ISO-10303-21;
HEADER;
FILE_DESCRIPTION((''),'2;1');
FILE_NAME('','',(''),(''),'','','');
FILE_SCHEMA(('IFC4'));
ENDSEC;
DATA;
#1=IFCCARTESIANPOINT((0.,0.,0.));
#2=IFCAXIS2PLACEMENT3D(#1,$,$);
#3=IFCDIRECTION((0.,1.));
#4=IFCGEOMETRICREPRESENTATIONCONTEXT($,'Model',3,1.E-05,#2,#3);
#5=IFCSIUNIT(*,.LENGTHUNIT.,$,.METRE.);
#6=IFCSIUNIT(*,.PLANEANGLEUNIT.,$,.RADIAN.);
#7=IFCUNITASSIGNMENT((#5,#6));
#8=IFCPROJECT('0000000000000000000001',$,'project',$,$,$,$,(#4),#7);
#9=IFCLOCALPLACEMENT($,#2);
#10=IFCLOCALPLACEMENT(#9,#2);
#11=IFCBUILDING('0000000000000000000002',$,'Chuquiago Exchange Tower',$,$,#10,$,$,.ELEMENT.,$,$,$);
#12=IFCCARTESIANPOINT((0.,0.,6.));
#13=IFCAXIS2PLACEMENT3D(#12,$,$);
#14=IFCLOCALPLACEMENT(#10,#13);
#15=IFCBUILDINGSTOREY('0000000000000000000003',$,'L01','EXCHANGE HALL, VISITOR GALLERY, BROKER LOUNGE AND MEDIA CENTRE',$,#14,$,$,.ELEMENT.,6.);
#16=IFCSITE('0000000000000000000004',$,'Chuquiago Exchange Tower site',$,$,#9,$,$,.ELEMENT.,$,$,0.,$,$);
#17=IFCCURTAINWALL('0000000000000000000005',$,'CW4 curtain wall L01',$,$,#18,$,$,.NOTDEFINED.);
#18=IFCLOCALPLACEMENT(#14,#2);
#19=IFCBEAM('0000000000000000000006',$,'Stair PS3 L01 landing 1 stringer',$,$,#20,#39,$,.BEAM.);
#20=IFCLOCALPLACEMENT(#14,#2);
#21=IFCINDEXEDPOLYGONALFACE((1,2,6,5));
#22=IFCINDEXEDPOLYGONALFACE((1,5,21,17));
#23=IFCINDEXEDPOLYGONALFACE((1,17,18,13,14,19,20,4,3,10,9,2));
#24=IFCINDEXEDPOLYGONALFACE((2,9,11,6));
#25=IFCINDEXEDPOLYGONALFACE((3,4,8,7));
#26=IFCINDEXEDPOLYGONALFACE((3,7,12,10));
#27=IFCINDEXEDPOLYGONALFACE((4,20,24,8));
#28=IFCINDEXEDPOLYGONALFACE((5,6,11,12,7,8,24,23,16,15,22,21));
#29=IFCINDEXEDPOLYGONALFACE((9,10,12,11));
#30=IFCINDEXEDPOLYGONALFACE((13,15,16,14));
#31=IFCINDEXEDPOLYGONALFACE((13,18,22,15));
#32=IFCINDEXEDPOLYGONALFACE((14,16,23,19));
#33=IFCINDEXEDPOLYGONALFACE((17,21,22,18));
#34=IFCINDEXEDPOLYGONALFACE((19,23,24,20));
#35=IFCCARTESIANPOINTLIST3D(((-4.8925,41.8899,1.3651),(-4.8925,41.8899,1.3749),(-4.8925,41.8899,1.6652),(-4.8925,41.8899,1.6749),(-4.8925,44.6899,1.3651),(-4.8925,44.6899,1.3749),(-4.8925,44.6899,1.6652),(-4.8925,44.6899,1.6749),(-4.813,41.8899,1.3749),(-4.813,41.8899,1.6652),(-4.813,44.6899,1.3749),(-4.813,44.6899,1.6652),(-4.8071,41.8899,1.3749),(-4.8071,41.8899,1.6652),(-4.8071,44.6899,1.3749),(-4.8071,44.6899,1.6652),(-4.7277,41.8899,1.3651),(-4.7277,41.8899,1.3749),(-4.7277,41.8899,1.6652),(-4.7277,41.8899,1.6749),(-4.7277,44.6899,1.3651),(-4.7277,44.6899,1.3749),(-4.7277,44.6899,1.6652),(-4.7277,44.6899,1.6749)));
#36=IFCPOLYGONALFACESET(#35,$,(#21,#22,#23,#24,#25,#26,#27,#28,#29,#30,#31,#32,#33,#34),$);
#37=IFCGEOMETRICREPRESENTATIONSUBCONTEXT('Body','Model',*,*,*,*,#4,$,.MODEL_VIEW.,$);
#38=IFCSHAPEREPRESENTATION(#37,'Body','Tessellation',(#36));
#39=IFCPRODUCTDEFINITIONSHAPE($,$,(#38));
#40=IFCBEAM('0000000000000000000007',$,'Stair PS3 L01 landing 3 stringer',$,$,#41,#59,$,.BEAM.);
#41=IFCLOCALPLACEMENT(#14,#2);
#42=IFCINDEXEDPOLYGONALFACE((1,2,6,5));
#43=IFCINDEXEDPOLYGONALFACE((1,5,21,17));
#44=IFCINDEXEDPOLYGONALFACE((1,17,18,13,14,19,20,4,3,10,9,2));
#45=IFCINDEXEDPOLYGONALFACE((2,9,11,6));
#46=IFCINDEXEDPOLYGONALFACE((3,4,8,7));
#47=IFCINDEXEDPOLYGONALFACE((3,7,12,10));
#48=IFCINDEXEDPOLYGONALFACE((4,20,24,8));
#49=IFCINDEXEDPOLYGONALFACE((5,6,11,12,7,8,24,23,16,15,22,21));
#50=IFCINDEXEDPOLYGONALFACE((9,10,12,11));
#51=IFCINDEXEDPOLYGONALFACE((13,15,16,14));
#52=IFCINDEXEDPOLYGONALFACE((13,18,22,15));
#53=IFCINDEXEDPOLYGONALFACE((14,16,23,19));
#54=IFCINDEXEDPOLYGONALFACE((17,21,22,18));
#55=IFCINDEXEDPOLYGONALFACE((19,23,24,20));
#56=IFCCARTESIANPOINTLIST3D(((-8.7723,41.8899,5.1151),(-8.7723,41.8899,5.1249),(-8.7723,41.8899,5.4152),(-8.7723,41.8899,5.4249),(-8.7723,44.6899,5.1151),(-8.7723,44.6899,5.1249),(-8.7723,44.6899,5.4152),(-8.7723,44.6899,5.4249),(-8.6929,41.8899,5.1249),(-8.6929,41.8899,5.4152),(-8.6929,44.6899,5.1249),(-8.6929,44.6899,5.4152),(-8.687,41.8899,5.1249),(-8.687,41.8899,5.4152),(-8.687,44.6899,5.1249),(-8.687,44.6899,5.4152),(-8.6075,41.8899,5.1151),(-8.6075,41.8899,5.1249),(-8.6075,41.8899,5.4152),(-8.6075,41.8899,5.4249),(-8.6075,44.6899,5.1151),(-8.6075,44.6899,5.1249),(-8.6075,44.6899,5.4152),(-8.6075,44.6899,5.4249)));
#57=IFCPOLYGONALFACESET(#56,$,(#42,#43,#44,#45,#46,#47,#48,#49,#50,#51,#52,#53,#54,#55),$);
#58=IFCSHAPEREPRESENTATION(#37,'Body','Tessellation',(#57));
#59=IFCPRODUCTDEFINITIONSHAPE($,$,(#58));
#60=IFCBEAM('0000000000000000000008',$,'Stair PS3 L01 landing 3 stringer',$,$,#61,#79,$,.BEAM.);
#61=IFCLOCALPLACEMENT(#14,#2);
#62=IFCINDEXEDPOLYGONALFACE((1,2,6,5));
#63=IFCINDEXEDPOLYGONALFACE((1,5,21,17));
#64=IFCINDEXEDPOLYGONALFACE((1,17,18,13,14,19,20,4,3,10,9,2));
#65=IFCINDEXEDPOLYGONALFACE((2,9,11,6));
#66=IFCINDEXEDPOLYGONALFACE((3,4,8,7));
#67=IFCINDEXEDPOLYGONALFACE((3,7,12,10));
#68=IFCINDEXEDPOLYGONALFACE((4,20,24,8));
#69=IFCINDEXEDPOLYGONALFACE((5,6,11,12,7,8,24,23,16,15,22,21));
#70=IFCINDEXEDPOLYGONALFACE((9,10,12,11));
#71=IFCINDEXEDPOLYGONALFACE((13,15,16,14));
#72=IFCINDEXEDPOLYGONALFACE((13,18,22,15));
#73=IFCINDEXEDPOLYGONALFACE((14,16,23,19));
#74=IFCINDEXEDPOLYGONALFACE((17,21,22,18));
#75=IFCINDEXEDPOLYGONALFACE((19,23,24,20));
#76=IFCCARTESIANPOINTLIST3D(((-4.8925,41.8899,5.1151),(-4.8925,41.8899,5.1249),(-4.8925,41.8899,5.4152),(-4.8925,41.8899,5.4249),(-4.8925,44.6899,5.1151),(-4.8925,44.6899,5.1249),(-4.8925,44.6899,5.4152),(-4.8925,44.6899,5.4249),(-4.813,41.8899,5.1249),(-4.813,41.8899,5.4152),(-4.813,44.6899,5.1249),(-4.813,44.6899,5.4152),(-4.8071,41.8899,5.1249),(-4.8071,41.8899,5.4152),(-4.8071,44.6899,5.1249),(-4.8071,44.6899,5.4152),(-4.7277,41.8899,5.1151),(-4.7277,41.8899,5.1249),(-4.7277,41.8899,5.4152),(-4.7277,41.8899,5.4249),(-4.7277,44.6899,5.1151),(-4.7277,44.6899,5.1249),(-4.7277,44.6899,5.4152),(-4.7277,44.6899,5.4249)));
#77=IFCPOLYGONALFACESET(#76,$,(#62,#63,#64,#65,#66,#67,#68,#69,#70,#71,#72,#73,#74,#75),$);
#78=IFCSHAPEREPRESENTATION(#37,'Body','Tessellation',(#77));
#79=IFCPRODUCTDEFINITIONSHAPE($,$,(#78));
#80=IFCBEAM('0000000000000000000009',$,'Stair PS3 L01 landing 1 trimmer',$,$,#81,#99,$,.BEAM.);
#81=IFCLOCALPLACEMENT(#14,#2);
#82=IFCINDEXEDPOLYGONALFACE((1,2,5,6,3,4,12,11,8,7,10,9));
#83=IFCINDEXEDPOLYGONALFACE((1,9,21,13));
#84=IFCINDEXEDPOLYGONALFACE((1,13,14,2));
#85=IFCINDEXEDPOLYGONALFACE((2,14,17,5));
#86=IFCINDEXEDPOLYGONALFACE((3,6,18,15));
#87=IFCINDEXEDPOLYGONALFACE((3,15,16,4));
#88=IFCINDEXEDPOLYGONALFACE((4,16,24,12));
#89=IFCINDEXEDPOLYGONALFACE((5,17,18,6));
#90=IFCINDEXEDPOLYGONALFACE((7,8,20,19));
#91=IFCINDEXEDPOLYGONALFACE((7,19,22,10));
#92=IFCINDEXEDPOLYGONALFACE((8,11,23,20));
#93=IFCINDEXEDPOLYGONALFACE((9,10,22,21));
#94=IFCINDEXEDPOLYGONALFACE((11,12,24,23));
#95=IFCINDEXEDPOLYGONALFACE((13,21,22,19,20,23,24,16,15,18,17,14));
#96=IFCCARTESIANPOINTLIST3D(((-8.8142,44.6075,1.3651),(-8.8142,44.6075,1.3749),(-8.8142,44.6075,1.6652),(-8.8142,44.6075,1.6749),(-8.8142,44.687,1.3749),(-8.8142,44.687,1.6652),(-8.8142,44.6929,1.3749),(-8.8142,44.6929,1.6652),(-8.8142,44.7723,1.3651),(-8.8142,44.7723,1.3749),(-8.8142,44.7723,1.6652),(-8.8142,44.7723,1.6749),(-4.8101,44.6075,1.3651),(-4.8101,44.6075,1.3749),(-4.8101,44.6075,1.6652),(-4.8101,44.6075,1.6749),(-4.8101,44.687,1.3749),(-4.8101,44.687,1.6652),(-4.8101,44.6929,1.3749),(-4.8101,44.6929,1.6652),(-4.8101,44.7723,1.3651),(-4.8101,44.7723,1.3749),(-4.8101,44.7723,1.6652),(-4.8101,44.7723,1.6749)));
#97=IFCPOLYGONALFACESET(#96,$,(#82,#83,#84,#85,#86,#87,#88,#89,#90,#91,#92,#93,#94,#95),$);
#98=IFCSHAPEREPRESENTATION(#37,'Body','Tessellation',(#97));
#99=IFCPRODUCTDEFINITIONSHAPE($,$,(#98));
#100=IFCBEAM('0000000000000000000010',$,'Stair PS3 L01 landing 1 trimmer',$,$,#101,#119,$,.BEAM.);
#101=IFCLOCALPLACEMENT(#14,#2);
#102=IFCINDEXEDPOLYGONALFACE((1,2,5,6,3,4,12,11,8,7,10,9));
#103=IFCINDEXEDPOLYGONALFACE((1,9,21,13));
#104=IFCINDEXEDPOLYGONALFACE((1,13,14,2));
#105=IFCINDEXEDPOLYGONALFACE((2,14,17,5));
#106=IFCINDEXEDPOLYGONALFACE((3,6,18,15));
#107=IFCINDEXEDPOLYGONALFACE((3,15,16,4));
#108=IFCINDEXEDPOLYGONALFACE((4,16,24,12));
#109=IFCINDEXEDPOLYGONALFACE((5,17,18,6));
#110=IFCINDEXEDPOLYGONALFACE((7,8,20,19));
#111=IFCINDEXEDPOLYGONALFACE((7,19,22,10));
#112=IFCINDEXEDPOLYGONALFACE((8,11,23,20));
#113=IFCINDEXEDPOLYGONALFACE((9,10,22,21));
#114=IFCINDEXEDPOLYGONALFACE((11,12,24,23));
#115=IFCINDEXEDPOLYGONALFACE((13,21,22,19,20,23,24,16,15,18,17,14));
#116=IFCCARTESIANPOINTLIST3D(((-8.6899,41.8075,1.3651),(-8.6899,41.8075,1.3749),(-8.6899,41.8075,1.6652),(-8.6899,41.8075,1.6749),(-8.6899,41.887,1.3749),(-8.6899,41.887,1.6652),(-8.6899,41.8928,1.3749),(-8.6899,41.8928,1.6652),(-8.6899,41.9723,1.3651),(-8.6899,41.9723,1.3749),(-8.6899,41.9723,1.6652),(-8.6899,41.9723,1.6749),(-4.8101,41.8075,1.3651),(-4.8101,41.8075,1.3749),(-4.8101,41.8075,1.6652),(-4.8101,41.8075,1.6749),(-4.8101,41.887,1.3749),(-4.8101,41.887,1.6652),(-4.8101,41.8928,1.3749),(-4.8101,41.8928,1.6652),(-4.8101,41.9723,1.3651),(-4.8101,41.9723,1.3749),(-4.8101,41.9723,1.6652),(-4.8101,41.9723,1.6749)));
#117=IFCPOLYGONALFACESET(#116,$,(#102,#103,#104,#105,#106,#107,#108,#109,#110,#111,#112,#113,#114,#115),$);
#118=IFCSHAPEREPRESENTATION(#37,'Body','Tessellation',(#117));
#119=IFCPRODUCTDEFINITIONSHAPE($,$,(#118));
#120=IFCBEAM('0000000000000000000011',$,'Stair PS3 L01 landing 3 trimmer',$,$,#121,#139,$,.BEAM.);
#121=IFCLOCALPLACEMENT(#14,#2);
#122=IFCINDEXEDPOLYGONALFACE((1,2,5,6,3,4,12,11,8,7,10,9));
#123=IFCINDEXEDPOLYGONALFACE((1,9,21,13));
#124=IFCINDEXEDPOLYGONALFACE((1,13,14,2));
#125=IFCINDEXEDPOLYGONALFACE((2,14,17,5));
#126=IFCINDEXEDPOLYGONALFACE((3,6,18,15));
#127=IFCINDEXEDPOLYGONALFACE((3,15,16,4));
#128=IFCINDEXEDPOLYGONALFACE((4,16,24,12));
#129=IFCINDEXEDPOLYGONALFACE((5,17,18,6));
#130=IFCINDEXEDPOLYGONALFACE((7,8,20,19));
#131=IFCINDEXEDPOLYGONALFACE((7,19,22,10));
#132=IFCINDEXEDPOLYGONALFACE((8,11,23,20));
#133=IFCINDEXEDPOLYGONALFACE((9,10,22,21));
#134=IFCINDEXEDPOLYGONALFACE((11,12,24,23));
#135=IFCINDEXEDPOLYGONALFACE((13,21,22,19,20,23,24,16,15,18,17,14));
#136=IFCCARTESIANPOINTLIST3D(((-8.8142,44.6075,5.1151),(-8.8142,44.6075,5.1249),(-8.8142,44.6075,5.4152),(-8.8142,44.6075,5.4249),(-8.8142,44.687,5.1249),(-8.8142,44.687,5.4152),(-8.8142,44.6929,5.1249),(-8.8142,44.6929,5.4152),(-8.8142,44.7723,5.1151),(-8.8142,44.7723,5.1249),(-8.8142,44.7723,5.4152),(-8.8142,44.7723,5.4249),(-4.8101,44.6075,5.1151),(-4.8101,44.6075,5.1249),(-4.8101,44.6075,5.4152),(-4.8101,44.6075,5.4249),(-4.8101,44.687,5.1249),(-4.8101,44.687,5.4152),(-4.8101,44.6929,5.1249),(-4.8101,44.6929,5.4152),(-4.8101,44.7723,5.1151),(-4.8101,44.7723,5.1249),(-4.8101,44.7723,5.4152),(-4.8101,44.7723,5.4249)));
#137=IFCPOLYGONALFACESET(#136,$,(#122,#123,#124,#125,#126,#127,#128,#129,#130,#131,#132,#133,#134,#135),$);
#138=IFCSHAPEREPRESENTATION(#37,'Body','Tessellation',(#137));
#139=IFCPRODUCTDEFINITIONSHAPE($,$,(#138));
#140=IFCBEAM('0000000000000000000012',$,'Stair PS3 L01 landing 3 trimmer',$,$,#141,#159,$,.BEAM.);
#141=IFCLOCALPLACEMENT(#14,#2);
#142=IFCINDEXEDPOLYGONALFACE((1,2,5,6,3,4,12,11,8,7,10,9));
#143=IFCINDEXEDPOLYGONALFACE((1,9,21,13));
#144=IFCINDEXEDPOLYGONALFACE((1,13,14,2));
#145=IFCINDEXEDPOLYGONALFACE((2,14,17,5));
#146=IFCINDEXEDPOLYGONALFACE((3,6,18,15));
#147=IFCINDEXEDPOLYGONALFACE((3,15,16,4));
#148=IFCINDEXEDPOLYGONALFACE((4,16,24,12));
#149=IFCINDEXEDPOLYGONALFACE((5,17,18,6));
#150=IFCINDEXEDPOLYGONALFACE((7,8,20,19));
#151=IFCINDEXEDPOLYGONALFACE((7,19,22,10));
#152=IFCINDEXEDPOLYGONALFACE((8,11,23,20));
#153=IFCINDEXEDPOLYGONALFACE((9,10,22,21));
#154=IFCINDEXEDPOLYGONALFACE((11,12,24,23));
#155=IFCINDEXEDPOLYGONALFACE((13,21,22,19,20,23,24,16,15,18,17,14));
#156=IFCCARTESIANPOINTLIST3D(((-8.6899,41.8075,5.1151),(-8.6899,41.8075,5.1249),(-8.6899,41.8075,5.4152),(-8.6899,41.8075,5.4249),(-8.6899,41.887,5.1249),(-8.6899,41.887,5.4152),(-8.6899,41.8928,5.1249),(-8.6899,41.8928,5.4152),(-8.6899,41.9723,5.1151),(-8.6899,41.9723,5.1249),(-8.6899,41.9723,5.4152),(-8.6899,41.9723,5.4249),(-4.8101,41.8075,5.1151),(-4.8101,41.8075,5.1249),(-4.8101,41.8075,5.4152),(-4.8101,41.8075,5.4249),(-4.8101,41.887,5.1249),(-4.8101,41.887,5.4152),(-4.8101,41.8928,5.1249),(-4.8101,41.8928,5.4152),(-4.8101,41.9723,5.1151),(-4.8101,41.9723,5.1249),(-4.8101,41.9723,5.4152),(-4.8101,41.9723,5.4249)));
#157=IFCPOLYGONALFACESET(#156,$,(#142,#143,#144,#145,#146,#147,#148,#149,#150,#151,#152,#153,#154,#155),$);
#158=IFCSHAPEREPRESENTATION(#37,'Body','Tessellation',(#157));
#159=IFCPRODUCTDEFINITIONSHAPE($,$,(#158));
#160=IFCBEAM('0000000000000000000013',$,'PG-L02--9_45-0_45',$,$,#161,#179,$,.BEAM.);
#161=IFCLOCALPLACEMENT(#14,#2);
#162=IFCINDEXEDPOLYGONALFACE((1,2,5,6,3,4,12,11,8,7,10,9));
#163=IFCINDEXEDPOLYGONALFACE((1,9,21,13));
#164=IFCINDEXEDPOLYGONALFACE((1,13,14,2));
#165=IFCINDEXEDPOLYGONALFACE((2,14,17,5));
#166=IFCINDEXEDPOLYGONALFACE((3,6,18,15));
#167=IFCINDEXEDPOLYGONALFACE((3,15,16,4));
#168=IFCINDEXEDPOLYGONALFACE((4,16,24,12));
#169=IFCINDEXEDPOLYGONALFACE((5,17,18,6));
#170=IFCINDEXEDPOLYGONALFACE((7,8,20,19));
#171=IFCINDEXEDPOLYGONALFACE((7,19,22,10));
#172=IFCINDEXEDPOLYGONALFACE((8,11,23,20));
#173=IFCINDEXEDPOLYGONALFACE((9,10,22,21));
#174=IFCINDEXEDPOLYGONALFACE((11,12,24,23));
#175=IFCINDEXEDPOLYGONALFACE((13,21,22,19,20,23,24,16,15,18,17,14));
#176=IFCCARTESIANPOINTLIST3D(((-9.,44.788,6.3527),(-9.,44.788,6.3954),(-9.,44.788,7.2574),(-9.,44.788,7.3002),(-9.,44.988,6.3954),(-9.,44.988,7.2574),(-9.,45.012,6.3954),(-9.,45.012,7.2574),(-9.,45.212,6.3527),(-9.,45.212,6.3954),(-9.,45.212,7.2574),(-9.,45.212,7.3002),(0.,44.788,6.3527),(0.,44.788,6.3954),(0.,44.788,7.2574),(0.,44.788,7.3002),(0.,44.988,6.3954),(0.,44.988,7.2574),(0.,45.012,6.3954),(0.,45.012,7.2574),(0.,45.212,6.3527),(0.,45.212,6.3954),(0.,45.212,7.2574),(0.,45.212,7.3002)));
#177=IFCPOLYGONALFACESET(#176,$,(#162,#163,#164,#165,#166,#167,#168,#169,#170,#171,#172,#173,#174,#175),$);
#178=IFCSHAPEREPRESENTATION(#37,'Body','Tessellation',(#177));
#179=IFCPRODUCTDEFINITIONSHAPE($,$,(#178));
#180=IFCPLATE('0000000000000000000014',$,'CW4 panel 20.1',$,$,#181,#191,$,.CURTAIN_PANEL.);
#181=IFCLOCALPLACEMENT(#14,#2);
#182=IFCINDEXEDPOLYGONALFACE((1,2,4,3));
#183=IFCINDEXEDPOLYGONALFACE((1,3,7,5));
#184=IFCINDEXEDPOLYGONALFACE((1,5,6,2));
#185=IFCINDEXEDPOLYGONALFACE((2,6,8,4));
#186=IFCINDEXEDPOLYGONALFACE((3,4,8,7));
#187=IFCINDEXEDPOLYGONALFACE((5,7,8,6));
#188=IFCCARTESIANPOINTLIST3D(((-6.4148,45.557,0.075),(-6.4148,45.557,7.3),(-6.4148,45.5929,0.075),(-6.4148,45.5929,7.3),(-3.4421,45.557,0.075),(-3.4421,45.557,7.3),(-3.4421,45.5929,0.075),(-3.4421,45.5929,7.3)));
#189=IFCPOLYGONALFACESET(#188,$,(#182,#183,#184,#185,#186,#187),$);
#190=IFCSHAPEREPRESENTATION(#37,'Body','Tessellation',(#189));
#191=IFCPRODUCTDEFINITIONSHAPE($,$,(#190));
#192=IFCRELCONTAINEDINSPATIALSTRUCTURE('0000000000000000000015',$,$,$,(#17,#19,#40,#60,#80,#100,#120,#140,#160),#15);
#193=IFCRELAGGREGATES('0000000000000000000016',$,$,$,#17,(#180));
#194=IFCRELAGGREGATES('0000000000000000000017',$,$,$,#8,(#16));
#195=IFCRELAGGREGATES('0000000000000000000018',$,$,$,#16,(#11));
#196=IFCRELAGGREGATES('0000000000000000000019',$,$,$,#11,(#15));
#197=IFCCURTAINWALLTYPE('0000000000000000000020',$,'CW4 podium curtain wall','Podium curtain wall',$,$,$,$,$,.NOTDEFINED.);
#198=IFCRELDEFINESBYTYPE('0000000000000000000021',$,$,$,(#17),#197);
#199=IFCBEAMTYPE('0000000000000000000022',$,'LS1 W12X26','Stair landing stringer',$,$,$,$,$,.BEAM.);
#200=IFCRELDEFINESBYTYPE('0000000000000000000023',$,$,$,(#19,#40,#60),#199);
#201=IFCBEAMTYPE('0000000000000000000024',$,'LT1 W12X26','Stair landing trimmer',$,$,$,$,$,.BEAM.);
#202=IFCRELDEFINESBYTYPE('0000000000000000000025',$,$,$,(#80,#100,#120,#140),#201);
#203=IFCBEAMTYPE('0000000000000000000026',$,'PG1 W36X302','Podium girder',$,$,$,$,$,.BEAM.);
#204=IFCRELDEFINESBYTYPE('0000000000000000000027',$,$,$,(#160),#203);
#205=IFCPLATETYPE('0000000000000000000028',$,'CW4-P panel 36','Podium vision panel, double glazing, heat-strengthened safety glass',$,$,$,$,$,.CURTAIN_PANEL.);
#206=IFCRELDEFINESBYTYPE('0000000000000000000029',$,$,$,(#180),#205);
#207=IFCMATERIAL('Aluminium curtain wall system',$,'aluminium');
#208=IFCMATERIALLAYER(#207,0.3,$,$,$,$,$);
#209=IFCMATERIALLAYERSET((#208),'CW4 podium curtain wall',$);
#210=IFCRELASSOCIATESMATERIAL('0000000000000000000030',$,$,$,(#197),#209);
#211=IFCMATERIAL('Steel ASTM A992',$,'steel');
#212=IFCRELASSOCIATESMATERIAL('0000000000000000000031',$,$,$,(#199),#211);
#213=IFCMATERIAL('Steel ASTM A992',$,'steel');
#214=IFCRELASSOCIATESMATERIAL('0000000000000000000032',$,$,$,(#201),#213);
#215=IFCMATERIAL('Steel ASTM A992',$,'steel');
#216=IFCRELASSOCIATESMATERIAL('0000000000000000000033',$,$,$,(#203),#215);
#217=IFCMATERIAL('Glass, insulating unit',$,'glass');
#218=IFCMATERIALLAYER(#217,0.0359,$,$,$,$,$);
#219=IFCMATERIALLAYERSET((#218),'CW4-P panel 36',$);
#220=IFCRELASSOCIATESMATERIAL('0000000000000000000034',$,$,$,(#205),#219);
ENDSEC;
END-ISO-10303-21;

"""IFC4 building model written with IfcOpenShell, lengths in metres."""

from ifc_helpers import new_model, si_unit, direction, frame, origin, origin_2d, place, context, subcontext, project, spatial, rectangle, i_section, extrude, material, layer, layer_set, material_profile, profile_set, type_object, element, aggregate, save


model = new_model("IFC4")

# Units and contexts
model_context = context("Model", 3, precision=1e-05, world=origin(), true_north=direction((0.0, 1.0)))
body_context = subcontext(model_context, "Body", "Model", "MODEL_VIEW")
ifc_project = project(units=[si_unit("LENGTHUNIT", "METRE"), si_unit("PLANEANGLEUNIT", "RADIAN")], contexts=[model_context])

# Site, building, storey
site_placement = place(None, origin())
site = spatial("IfcSite", under=ifc_project, at=site_placement, Name="Chuquiago Exchange Tower site", CompositionType="ELEMENT", RefElevation=0.0)
building_placement = place(site_placement, origin())
building = spatial("IfcBuilding", under=site, at=building_placement, Name="Chuquiago Exchange Tower", CompositionType="ELEMENT")
storey_placement = place(building_placement, frame((0.0, 0.0, 6.0)))
storey = spatial("IfcBuildingStorey", under=building, at=storey_placement, Name="L01", Description="EXCHANGE HALL, VISITOR GALLERY, BROKER LOUNGE AND MEDIA CENTRE", CompositionType="ELEMENT", Elevation=6.0)

# Curtain wall
ifc_material_1 = material(Name="Aluminium curtain wall system", Category="aluminium")
ifc_layer_1 = layer(ifc_material_1, 0.3)
ifc_layer_set_1 = layer_set([ifc_layer_1], Name="CW4 podium curtain wall")
curtain_wall_type = type_object("IfcCurtainWallType", Name="CW4 podium curtain wall", Description="Podium curtain wall", PredefinedType="NOTDEFINED", material=ifc_layer_set_1)
curtain_wall_1_placement = place(storey_placement, origin())
curtain_wall_1 = element("IfcCurtainWall", 1, at=curtain_wall_1_placement, inside=storey, type_object=curtain_wall_type, Name="CW4 curtain wall L01", PredefinedType="NOTDEFINED")

# Beams
ifc_material_2 = material(Name="Steel ASTM A992", Category="steel")
ifc_material_profile_1 = material_profile(ifc_material_2, i_section(OverallWidth=0.1648, OverallDepth=0.3098, WebThickness=0.0059, FlangeThickness=0.0098, at=origin_2d()), Name="W12X26")
ifc_profile_set_1 = profile_set([ifc_material_profile_1], Name="Steel ASTM A992")
beam_type_1 = type_object("IfcBeamType", Name="LS1 W12X26", Description="Stair landing stringer", PredefinedType="BEAM", material=ifc_profile_set_1)
for number, where, z_axis, x_axis, name in (
    (2, (-4.8101, 41.8899, 1.52), (0.0, 1.0, 0.0), (-1.0, 0.0, 0.0), "Stair PS3 L01 landing 1 stringer"),
    (3, (-8.6899, 41.8899, 5.27), (0.0, 1.0, 0.0), (-1.0, 0.0, 0.0), "Stair PS3 L01 landing 3 stringer"),
    (4, (-4.8101, 41.8899, 5.27), (0.0, 1.0, 0.0), (-1.0, 0.0, 0.0), "Stair PS3 L01 landing 3 stringer"),
):
    element("IfcBeam", number, at=place(storey_placement, frame(where, z_axis=z_axis, x_axis=x_axis)), inside=storey, type_object=beam_type_1, Name=name, PredefinedType="BEAM", context=body_context, shape_type="SweptSolid", body=[
        extrude(i_section(OverallWidth=0.1648, OverallDepth=0.3098, WebThickness=0.0059, FlangeThickness=0.0098, at=origin_2d()), origin(), (0.0, 0.0, 1.0), 2.8),
    ])
ifc_material_3 = material(Name="Steel ASTM A992", Category="steel")
ifc_material_profile_2 = material_profile(ifc_material_3, i_section(OverallWidth=0.1648, OverallDepth=0.3098, WebThickness=0.0059, FlangeThickness=0.0098, at=origin_2d()), Name="W12X26")
ifc_profile_set_2 = profile_set([ifc_material_profile_2], Name="Steel ASTM A992")
beam_type_2 = type_object("IfcBeamType", Name="LT1 W12X26", Description="Stair landing trimmer", PredefinedType="BEAM", material=ifc_profile_set_2)
beam_1_placement = place(storey_placement, frame((-8.8142, 44.6899, 1.52), z_axis=(1.0, 0.0, 0.0), x_axis=(0.0, 1.0, 0.0)))
element("IfcBeam", 5, at=beam_1_placement, inside=storey, type_object=beam_type_2, Name="Stair PS3 L01 landing 1 trimmer", PredefinedType="BEAM", context=body_context, shape_type="SweptSolid", body=[
    extrude(i_section(OverallWidth=0.1648, OverallDepth=0.3098, WebThickness=0.0059, FlangeThickness=0.0098, at=origin_2d()), origin(), (0.0, 0.0, 1.0), 4.0042),
])
beam_2_placement = place(storey_placement, frame((-8.6899, 41.8899, 1.52), z_axis=(1.0, 0.0, 0.0), x_axis=(0.0, 1.0, 0.0)))
element("IfcBeam", 6, at=beam_2_placement, inside=storey, type_object=beam_type_2, Name="Stair PS3 L01 landing 1 trimmer", PredefinedType="BEAM", context=body_context, shape_type="SweptSolid", body=[
    extrude(i_section(OverallWidth=0.1648, OverallDepth=0.3098, WebThickness=0.0059, FlangeThickness=0.0098, at=origin_2d()), origin(), (0.0, 0.0, 1.0), 3.8799),
])
beam_3_placement = place(storey_placement, frame((-8.8142, 44.6899, 5.27), z_axis=(1.0, 0.0, 0.0), x_axis=(0.0, 1.0, 0.0)))
element("IfcBeam", 7, at=beam_3_placement, inside=storey, type_object=beam_type_2, Name="Stair PS3 L01 landing 3 trimmer", PredefinedType="BEAM", context=body_context, shape_type="SweptSolid", body=[
    extrude(i_section(OverallWidth=0.1648, OverallDepth=0.3098, WebThickness=0.0059, FlangeThickness=0.0098, at=origin_2d()), origin(), (0.0, 0.0, 1.0), 4.0042),
])
beam_4_placement = place(storey_placement, frame((-8.6899, 41.8899, 5.27), z_axis=(1.0, 0.0, 0.0), x_axis=(0.0, 1.0, 0.0)))
element("IfcBeam", 8, at=beam_4_placement, inside=storey, type_object=beam_type_2, Name="Stair PS3 L01 landing 3 trimmer", PredefinedType="BEAM", context=body_context, shape_type="SweptSolid", body=[
    extrude(i_section(OverallWidth=0.1648, OverallDepth=0.3098, WebThickness=0.0059, FlangeThickness=0.0098, at=origin_2d()), origin(), (0.0, 0.0, 1.0), 3.8799),
])
ifc_material_4 = material(Name="Steel ASTM A992", Category="steel")
ifc_material_profile_3 = material_profile(ifc_material_4, i_section(OverallWidth=0.4241, OverallDepth=0.9475, WebThickness=0.0239, FlangeThickness=0.0427, at=origin_2d()), Name="W36X302")
ifc_profile_set_3 = profile_set([ifc_material_profile_3], Name="Steel ASTM A992")
beam_type_3 = type_object("IfcBeamType", Name="PG1 W36X302", Description="Podium girder", PredefinedType="BEAM", material=ifc_profile_set_3)
beam_5_placement = place(storey_placement, frame((-9.0, 45.0, 6.8264), z_axis=(1.0, 0.0, 0.0), x_axis=(0.0, 1.0, 0.0)))
element("IfcBeam", 9, at=beam_5_placement, inside=storey, type_object=beam_type_3, Name="PG-L02--9_45-0_45", PredefinedType="BEAM", context=body_context, shape_type="SweptSolid", body=[
    extrude(i_section(OverallWidth=0.4241, OverallDepth=0.9475, WebThickness=0.0239, FlangeThickness=0.0427, at=origin_2d()), origin(), (0.0, 0.0, 1.0), 9.0),
])

# Plate
ifc_material_5 = material(Name="Glass, insulating unit", Category="glass")
ifc_layer_2 = layer(ifc_material_5, 0.0359)
ifc_layer_set_2 = layer_set([ifc_layer_2], Name="CW4-P panel 36")
plate_type = type_object("IfcPlateType", Name="CW4-P panel 36", Description="Podium vision panel, double glazing, heat-strengthened safety glass", PredefinedType="CURTAIN_PANEL", material=ifc_layer_set_2)
plate_1_placement = place(storey_placement, frame((-4.9285, 45.575, 0.075), z_axis=(0.0, 0.0, 1.0), x_axis=(-1.0, 0.0, 0.0)))
plate_1 = element("IfcPlate", 10, at=plate_1_placement, type_object=plate_type, Name="CW4 panel 20.1", PredefinedType="CURTAIN_PANEL", context=body_context, shape_type="SweptSolid", body=[
    extrude(rectangle(XDim=2.9727, YDim=0.0359, at=origin_2d()), origin(), (0.0, 0.0, 1.0), 7.2251),
])
aggregate(curtain_wall_1, [plate_1])

save(model, "model.ifc")
